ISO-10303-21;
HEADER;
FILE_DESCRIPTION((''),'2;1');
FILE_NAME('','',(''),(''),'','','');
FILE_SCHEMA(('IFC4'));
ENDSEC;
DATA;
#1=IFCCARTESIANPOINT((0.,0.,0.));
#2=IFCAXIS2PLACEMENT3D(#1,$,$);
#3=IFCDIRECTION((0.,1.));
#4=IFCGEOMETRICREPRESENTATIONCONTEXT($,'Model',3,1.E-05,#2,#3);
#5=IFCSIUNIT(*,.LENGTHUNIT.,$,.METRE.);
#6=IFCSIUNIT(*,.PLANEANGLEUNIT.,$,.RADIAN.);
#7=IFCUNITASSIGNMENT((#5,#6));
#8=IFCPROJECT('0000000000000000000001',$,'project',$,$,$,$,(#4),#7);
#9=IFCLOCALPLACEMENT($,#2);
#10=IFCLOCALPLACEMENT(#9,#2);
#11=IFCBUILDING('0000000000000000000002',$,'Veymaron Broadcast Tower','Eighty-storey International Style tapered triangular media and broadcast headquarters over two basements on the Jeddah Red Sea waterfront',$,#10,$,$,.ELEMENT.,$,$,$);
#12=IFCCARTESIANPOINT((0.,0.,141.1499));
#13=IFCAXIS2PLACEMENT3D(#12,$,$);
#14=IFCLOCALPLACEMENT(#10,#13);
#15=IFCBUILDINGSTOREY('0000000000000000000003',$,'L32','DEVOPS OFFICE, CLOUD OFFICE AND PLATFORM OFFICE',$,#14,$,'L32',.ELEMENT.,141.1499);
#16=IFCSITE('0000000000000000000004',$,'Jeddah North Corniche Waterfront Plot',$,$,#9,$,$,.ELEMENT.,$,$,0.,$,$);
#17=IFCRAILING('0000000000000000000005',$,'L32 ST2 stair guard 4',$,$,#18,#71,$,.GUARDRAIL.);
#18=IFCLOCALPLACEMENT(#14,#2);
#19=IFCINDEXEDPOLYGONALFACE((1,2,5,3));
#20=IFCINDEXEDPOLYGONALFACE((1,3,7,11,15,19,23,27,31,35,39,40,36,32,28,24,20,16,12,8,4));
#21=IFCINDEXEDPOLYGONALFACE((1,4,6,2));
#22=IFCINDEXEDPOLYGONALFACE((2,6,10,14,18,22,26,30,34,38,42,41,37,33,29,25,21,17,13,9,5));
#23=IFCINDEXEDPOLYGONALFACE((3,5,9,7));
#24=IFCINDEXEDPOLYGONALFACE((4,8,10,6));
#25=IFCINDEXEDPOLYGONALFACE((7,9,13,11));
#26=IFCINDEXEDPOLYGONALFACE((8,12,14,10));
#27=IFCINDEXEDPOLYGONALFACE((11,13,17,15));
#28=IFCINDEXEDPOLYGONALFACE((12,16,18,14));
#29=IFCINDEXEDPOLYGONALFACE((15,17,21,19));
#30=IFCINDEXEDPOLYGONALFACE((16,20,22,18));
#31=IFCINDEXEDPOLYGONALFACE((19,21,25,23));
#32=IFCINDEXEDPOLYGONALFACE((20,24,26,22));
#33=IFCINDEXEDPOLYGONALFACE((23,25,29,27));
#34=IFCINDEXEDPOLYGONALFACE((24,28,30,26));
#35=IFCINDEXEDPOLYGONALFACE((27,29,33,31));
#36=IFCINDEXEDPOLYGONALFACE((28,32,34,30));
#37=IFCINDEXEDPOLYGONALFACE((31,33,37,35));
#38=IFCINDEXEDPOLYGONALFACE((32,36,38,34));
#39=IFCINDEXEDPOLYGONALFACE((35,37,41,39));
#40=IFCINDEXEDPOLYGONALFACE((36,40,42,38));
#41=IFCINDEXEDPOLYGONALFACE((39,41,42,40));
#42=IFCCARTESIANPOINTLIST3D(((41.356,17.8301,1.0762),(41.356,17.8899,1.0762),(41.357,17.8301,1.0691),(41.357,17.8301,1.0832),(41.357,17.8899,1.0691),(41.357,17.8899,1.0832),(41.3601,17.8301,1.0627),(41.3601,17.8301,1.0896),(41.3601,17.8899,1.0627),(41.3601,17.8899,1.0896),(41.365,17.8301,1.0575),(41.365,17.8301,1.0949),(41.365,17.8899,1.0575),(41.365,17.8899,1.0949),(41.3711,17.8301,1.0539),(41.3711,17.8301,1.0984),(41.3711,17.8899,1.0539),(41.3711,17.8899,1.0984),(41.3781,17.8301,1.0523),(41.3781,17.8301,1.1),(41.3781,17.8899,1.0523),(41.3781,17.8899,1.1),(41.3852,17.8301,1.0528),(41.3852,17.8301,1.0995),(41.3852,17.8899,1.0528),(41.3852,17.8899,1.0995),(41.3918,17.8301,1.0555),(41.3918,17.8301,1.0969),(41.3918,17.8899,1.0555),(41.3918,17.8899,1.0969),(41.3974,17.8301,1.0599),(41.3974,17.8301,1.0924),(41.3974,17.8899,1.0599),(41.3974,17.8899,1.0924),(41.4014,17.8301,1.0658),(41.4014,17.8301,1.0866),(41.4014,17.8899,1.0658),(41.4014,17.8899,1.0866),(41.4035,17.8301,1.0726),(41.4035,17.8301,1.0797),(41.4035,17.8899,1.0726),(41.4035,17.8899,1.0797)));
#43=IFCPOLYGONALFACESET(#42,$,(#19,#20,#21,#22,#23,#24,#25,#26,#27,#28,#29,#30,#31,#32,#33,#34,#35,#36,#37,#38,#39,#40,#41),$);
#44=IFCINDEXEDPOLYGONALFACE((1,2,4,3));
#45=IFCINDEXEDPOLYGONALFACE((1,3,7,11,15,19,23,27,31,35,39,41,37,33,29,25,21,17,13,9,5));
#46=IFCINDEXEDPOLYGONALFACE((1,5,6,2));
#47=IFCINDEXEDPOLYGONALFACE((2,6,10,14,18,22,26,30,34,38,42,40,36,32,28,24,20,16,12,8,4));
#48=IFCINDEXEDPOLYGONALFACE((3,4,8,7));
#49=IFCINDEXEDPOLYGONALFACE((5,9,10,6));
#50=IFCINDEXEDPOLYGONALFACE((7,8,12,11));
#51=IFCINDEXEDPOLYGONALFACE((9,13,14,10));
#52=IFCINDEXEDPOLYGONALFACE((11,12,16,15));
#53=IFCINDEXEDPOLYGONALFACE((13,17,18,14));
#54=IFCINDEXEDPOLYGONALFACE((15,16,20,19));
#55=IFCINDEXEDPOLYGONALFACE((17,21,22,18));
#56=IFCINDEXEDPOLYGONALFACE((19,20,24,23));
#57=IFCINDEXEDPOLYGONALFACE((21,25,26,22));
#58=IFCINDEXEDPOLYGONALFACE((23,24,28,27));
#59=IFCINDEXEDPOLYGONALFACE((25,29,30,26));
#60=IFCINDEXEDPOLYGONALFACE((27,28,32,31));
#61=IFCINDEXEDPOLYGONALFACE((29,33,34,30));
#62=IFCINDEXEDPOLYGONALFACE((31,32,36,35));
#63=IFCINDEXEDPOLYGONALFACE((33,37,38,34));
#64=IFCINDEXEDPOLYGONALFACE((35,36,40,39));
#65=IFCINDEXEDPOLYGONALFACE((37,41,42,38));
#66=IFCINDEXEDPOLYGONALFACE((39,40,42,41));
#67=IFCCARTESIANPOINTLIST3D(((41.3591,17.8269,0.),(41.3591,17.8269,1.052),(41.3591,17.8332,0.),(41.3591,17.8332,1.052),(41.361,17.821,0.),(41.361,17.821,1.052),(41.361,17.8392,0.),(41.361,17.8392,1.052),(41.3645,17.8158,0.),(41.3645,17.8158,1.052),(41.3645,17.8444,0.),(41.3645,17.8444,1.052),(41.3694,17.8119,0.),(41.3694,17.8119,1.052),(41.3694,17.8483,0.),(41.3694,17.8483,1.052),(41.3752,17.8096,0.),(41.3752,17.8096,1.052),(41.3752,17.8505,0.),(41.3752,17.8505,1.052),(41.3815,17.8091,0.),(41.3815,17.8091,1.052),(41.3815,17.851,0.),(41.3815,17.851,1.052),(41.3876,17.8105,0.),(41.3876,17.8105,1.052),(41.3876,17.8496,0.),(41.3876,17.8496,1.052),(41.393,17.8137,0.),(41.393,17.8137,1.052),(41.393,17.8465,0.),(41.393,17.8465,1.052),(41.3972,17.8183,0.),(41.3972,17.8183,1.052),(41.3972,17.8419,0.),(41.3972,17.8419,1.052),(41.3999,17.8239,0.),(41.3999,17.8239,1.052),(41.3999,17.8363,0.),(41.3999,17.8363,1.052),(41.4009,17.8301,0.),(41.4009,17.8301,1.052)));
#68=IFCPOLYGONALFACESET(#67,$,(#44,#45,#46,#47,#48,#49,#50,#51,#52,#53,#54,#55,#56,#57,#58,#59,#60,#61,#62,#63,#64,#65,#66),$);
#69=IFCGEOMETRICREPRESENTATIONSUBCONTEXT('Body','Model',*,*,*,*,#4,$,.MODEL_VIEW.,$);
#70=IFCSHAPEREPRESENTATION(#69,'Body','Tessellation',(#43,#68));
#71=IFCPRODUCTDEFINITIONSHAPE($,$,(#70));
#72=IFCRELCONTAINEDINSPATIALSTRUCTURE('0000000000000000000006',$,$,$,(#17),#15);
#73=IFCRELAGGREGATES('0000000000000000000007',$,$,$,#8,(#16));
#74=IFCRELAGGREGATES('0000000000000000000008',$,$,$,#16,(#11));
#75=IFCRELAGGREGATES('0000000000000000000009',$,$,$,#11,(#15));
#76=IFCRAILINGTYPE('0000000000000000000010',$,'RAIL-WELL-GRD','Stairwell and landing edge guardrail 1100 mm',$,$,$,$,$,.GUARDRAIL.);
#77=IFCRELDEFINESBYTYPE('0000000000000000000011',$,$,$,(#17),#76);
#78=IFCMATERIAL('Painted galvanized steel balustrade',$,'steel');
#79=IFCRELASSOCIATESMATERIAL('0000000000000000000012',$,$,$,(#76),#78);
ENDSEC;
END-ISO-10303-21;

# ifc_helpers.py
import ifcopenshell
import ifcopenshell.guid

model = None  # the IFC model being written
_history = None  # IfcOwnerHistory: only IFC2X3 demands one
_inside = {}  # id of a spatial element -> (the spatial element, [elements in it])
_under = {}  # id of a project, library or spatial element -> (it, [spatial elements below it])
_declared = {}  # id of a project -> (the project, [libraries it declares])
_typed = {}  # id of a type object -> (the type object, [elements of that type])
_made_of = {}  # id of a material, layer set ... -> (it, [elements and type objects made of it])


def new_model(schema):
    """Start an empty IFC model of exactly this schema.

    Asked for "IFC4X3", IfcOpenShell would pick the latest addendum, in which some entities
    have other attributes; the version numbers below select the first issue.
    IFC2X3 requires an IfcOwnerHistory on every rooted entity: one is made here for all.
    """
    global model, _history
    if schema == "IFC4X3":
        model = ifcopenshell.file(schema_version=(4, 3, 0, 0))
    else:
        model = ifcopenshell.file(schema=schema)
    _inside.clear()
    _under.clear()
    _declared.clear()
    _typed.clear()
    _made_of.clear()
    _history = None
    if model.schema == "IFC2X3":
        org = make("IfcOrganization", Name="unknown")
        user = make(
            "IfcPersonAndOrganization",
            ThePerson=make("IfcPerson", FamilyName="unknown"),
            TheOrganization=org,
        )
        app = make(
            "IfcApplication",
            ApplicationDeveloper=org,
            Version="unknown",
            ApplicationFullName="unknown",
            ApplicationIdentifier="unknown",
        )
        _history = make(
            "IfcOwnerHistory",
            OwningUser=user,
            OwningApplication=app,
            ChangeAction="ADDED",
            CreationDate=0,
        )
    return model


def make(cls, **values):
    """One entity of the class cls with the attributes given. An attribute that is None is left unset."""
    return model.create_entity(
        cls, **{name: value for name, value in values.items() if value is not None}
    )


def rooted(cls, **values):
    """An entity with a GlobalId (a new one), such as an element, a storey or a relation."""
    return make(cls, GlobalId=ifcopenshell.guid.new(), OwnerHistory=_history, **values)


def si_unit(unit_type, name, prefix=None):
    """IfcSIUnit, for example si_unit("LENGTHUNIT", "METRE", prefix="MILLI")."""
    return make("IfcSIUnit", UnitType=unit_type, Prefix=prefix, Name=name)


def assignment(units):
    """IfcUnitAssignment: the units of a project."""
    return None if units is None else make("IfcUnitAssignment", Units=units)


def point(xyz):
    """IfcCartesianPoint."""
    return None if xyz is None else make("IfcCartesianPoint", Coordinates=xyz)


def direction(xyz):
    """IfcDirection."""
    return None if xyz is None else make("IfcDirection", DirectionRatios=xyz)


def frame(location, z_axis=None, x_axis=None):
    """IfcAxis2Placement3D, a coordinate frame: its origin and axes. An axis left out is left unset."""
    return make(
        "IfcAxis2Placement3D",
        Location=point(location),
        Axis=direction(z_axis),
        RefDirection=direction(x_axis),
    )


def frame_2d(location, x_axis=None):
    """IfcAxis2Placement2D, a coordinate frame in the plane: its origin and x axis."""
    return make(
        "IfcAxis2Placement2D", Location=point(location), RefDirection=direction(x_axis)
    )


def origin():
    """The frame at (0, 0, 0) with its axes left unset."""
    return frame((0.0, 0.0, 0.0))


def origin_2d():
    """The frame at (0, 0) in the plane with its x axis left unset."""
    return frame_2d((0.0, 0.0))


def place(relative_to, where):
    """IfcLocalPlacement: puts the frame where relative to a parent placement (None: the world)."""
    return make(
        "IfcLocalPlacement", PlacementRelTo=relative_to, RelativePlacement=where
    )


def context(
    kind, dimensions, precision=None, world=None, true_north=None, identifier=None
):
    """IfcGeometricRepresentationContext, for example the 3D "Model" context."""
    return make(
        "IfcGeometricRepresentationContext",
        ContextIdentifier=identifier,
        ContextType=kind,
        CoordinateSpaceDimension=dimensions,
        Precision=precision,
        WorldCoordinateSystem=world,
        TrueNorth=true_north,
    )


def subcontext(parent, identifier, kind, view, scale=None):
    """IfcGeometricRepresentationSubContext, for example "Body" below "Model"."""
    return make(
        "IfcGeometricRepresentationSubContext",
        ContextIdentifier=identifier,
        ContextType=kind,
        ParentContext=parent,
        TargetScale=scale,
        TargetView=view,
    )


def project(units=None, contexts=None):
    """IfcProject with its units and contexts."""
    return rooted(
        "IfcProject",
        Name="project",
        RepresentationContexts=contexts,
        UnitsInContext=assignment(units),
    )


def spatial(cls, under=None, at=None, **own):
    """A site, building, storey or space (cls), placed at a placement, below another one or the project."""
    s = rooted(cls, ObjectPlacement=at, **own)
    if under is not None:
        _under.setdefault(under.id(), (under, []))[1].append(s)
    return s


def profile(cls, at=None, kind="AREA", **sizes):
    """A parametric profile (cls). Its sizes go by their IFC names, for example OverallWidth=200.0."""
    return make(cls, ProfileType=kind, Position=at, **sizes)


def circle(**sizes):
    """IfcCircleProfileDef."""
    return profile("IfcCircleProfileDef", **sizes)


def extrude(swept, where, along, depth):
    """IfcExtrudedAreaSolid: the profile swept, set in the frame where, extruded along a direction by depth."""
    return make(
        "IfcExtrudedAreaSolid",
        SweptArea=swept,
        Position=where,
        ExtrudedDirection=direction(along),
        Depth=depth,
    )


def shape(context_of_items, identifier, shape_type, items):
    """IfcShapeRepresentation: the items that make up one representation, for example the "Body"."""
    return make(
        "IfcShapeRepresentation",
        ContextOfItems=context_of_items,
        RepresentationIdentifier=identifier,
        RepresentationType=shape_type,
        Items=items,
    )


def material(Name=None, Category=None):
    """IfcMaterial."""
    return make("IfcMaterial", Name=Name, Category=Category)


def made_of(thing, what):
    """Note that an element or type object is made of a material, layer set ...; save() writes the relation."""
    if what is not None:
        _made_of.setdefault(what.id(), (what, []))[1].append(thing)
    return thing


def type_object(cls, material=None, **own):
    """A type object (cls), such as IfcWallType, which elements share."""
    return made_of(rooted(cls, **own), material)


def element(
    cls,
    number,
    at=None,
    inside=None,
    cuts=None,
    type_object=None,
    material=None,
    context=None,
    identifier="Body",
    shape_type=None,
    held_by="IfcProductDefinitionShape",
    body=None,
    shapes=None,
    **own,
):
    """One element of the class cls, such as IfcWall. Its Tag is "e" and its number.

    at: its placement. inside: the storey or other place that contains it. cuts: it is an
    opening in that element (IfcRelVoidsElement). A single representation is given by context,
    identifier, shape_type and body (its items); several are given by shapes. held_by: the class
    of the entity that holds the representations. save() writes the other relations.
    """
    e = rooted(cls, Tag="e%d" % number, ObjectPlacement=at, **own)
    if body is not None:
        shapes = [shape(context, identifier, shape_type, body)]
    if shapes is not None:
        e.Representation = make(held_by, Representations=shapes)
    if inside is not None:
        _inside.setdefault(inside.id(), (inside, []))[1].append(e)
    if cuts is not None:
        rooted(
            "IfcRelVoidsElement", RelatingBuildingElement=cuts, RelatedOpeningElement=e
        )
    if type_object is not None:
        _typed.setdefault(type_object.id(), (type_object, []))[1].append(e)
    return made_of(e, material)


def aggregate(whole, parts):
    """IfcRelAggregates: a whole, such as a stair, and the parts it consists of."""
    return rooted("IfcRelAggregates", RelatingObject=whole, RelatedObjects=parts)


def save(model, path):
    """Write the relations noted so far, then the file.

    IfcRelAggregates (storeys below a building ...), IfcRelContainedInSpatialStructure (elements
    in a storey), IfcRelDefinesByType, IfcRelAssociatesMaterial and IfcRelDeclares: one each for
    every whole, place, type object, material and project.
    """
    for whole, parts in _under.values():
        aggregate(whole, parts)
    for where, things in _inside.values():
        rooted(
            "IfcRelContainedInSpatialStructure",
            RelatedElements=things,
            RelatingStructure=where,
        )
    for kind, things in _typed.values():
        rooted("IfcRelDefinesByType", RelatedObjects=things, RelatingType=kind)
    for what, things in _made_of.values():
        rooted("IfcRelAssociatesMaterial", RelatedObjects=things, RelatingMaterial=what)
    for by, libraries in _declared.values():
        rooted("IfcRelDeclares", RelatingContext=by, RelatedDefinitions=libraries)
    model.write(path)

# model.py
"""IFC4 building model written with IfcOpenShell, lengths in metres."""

from ifc_helpers import new_model, si_unit, direction, frame, origin, origin_2d, place, context, subcontext, project, spatial, circle, extrude, material, type_object, element, save


model = new_model("IFC4")

# Units and contexts
model_context = context("Model", 3, precision=1e-05, world=origin(), true_north=direction((0.0, 1.0)))
body_context = subcontext(model_context, "Body", "Model", "MODEL_VIEW")
ifc_project = project(units=[si_unit("LENGTHUNIT", "METRE"), si_unit("PLANEANGLEUNIT", "RADIAN")], contexts=[model_context])

# Site, building, storey
site_placement = place(None, origin())
site = spatial("IfcSite", under=ifc_project, at=site_placement, Name="Jeddah North Corniche Waterfront Plot", CompositionType="ELEMENT", RefElevation=0.0)
building_placement = place(site_placement, origin())
building = spatial("IfcBuilding", under=site, at=building_placement, Name="Veymaron Broadcast Tower", Description="Eighty-storey International Style tapered triangular media and broadcast headquarters over two basements on the Jeddah Red Sea waterfront", CompositionType="ELEMENT")
storey_placement = place(building_placement, frame((0.0, 0.0, 141.1499)))
storey = spatial("IfcBuildingStorey", under=building, at=storey_placement, Name="L32", Description="DEVOPS OFFICE, CLOUD OFFICE AND PLATFORM OFFICE", LongName="L32", CompositionType="ELEMENT", Elevation=141.1499)

# Railing
ifc_material_1 = material(Name="Painted galvanized steel balustrade", Category="steel")
railing_type_1 = type_object("IfcRailingType", Name="RAIL-WELL-GRD", Description="Stairwell and landing edge guardrail 1100 mm", PredefinedType="GUARDRAIL", material=ifc_material_1)
railing_1_placement = place(storey_placement, frame((41.3799, 17.8301, 0.0)))
element("IfcRailing", 1, at=railing_1_placement, inside=storey, type_object=railing_type_1, Name="L32 ST2 stair guard 4", PredefinedType="GUARDRAIL", context=body_context, shape_type="SweptSolid", body=[
    extrude(circle(Radius=0.0239, at=origin_2d()), frame((0.0, 0.0, 1.0762), z_axis=(0.0, 1.0, 0.0), x_axis=(-1.0, 0.0, 0.0)), (0.0, 0.0, 1.0), 0.0598),
    extrude(circle(Radius=0.021, at=origin_2d()), origin(), (0.0, 0.0, 1.0), 1.052),
])

save(model, "model.ifc")
